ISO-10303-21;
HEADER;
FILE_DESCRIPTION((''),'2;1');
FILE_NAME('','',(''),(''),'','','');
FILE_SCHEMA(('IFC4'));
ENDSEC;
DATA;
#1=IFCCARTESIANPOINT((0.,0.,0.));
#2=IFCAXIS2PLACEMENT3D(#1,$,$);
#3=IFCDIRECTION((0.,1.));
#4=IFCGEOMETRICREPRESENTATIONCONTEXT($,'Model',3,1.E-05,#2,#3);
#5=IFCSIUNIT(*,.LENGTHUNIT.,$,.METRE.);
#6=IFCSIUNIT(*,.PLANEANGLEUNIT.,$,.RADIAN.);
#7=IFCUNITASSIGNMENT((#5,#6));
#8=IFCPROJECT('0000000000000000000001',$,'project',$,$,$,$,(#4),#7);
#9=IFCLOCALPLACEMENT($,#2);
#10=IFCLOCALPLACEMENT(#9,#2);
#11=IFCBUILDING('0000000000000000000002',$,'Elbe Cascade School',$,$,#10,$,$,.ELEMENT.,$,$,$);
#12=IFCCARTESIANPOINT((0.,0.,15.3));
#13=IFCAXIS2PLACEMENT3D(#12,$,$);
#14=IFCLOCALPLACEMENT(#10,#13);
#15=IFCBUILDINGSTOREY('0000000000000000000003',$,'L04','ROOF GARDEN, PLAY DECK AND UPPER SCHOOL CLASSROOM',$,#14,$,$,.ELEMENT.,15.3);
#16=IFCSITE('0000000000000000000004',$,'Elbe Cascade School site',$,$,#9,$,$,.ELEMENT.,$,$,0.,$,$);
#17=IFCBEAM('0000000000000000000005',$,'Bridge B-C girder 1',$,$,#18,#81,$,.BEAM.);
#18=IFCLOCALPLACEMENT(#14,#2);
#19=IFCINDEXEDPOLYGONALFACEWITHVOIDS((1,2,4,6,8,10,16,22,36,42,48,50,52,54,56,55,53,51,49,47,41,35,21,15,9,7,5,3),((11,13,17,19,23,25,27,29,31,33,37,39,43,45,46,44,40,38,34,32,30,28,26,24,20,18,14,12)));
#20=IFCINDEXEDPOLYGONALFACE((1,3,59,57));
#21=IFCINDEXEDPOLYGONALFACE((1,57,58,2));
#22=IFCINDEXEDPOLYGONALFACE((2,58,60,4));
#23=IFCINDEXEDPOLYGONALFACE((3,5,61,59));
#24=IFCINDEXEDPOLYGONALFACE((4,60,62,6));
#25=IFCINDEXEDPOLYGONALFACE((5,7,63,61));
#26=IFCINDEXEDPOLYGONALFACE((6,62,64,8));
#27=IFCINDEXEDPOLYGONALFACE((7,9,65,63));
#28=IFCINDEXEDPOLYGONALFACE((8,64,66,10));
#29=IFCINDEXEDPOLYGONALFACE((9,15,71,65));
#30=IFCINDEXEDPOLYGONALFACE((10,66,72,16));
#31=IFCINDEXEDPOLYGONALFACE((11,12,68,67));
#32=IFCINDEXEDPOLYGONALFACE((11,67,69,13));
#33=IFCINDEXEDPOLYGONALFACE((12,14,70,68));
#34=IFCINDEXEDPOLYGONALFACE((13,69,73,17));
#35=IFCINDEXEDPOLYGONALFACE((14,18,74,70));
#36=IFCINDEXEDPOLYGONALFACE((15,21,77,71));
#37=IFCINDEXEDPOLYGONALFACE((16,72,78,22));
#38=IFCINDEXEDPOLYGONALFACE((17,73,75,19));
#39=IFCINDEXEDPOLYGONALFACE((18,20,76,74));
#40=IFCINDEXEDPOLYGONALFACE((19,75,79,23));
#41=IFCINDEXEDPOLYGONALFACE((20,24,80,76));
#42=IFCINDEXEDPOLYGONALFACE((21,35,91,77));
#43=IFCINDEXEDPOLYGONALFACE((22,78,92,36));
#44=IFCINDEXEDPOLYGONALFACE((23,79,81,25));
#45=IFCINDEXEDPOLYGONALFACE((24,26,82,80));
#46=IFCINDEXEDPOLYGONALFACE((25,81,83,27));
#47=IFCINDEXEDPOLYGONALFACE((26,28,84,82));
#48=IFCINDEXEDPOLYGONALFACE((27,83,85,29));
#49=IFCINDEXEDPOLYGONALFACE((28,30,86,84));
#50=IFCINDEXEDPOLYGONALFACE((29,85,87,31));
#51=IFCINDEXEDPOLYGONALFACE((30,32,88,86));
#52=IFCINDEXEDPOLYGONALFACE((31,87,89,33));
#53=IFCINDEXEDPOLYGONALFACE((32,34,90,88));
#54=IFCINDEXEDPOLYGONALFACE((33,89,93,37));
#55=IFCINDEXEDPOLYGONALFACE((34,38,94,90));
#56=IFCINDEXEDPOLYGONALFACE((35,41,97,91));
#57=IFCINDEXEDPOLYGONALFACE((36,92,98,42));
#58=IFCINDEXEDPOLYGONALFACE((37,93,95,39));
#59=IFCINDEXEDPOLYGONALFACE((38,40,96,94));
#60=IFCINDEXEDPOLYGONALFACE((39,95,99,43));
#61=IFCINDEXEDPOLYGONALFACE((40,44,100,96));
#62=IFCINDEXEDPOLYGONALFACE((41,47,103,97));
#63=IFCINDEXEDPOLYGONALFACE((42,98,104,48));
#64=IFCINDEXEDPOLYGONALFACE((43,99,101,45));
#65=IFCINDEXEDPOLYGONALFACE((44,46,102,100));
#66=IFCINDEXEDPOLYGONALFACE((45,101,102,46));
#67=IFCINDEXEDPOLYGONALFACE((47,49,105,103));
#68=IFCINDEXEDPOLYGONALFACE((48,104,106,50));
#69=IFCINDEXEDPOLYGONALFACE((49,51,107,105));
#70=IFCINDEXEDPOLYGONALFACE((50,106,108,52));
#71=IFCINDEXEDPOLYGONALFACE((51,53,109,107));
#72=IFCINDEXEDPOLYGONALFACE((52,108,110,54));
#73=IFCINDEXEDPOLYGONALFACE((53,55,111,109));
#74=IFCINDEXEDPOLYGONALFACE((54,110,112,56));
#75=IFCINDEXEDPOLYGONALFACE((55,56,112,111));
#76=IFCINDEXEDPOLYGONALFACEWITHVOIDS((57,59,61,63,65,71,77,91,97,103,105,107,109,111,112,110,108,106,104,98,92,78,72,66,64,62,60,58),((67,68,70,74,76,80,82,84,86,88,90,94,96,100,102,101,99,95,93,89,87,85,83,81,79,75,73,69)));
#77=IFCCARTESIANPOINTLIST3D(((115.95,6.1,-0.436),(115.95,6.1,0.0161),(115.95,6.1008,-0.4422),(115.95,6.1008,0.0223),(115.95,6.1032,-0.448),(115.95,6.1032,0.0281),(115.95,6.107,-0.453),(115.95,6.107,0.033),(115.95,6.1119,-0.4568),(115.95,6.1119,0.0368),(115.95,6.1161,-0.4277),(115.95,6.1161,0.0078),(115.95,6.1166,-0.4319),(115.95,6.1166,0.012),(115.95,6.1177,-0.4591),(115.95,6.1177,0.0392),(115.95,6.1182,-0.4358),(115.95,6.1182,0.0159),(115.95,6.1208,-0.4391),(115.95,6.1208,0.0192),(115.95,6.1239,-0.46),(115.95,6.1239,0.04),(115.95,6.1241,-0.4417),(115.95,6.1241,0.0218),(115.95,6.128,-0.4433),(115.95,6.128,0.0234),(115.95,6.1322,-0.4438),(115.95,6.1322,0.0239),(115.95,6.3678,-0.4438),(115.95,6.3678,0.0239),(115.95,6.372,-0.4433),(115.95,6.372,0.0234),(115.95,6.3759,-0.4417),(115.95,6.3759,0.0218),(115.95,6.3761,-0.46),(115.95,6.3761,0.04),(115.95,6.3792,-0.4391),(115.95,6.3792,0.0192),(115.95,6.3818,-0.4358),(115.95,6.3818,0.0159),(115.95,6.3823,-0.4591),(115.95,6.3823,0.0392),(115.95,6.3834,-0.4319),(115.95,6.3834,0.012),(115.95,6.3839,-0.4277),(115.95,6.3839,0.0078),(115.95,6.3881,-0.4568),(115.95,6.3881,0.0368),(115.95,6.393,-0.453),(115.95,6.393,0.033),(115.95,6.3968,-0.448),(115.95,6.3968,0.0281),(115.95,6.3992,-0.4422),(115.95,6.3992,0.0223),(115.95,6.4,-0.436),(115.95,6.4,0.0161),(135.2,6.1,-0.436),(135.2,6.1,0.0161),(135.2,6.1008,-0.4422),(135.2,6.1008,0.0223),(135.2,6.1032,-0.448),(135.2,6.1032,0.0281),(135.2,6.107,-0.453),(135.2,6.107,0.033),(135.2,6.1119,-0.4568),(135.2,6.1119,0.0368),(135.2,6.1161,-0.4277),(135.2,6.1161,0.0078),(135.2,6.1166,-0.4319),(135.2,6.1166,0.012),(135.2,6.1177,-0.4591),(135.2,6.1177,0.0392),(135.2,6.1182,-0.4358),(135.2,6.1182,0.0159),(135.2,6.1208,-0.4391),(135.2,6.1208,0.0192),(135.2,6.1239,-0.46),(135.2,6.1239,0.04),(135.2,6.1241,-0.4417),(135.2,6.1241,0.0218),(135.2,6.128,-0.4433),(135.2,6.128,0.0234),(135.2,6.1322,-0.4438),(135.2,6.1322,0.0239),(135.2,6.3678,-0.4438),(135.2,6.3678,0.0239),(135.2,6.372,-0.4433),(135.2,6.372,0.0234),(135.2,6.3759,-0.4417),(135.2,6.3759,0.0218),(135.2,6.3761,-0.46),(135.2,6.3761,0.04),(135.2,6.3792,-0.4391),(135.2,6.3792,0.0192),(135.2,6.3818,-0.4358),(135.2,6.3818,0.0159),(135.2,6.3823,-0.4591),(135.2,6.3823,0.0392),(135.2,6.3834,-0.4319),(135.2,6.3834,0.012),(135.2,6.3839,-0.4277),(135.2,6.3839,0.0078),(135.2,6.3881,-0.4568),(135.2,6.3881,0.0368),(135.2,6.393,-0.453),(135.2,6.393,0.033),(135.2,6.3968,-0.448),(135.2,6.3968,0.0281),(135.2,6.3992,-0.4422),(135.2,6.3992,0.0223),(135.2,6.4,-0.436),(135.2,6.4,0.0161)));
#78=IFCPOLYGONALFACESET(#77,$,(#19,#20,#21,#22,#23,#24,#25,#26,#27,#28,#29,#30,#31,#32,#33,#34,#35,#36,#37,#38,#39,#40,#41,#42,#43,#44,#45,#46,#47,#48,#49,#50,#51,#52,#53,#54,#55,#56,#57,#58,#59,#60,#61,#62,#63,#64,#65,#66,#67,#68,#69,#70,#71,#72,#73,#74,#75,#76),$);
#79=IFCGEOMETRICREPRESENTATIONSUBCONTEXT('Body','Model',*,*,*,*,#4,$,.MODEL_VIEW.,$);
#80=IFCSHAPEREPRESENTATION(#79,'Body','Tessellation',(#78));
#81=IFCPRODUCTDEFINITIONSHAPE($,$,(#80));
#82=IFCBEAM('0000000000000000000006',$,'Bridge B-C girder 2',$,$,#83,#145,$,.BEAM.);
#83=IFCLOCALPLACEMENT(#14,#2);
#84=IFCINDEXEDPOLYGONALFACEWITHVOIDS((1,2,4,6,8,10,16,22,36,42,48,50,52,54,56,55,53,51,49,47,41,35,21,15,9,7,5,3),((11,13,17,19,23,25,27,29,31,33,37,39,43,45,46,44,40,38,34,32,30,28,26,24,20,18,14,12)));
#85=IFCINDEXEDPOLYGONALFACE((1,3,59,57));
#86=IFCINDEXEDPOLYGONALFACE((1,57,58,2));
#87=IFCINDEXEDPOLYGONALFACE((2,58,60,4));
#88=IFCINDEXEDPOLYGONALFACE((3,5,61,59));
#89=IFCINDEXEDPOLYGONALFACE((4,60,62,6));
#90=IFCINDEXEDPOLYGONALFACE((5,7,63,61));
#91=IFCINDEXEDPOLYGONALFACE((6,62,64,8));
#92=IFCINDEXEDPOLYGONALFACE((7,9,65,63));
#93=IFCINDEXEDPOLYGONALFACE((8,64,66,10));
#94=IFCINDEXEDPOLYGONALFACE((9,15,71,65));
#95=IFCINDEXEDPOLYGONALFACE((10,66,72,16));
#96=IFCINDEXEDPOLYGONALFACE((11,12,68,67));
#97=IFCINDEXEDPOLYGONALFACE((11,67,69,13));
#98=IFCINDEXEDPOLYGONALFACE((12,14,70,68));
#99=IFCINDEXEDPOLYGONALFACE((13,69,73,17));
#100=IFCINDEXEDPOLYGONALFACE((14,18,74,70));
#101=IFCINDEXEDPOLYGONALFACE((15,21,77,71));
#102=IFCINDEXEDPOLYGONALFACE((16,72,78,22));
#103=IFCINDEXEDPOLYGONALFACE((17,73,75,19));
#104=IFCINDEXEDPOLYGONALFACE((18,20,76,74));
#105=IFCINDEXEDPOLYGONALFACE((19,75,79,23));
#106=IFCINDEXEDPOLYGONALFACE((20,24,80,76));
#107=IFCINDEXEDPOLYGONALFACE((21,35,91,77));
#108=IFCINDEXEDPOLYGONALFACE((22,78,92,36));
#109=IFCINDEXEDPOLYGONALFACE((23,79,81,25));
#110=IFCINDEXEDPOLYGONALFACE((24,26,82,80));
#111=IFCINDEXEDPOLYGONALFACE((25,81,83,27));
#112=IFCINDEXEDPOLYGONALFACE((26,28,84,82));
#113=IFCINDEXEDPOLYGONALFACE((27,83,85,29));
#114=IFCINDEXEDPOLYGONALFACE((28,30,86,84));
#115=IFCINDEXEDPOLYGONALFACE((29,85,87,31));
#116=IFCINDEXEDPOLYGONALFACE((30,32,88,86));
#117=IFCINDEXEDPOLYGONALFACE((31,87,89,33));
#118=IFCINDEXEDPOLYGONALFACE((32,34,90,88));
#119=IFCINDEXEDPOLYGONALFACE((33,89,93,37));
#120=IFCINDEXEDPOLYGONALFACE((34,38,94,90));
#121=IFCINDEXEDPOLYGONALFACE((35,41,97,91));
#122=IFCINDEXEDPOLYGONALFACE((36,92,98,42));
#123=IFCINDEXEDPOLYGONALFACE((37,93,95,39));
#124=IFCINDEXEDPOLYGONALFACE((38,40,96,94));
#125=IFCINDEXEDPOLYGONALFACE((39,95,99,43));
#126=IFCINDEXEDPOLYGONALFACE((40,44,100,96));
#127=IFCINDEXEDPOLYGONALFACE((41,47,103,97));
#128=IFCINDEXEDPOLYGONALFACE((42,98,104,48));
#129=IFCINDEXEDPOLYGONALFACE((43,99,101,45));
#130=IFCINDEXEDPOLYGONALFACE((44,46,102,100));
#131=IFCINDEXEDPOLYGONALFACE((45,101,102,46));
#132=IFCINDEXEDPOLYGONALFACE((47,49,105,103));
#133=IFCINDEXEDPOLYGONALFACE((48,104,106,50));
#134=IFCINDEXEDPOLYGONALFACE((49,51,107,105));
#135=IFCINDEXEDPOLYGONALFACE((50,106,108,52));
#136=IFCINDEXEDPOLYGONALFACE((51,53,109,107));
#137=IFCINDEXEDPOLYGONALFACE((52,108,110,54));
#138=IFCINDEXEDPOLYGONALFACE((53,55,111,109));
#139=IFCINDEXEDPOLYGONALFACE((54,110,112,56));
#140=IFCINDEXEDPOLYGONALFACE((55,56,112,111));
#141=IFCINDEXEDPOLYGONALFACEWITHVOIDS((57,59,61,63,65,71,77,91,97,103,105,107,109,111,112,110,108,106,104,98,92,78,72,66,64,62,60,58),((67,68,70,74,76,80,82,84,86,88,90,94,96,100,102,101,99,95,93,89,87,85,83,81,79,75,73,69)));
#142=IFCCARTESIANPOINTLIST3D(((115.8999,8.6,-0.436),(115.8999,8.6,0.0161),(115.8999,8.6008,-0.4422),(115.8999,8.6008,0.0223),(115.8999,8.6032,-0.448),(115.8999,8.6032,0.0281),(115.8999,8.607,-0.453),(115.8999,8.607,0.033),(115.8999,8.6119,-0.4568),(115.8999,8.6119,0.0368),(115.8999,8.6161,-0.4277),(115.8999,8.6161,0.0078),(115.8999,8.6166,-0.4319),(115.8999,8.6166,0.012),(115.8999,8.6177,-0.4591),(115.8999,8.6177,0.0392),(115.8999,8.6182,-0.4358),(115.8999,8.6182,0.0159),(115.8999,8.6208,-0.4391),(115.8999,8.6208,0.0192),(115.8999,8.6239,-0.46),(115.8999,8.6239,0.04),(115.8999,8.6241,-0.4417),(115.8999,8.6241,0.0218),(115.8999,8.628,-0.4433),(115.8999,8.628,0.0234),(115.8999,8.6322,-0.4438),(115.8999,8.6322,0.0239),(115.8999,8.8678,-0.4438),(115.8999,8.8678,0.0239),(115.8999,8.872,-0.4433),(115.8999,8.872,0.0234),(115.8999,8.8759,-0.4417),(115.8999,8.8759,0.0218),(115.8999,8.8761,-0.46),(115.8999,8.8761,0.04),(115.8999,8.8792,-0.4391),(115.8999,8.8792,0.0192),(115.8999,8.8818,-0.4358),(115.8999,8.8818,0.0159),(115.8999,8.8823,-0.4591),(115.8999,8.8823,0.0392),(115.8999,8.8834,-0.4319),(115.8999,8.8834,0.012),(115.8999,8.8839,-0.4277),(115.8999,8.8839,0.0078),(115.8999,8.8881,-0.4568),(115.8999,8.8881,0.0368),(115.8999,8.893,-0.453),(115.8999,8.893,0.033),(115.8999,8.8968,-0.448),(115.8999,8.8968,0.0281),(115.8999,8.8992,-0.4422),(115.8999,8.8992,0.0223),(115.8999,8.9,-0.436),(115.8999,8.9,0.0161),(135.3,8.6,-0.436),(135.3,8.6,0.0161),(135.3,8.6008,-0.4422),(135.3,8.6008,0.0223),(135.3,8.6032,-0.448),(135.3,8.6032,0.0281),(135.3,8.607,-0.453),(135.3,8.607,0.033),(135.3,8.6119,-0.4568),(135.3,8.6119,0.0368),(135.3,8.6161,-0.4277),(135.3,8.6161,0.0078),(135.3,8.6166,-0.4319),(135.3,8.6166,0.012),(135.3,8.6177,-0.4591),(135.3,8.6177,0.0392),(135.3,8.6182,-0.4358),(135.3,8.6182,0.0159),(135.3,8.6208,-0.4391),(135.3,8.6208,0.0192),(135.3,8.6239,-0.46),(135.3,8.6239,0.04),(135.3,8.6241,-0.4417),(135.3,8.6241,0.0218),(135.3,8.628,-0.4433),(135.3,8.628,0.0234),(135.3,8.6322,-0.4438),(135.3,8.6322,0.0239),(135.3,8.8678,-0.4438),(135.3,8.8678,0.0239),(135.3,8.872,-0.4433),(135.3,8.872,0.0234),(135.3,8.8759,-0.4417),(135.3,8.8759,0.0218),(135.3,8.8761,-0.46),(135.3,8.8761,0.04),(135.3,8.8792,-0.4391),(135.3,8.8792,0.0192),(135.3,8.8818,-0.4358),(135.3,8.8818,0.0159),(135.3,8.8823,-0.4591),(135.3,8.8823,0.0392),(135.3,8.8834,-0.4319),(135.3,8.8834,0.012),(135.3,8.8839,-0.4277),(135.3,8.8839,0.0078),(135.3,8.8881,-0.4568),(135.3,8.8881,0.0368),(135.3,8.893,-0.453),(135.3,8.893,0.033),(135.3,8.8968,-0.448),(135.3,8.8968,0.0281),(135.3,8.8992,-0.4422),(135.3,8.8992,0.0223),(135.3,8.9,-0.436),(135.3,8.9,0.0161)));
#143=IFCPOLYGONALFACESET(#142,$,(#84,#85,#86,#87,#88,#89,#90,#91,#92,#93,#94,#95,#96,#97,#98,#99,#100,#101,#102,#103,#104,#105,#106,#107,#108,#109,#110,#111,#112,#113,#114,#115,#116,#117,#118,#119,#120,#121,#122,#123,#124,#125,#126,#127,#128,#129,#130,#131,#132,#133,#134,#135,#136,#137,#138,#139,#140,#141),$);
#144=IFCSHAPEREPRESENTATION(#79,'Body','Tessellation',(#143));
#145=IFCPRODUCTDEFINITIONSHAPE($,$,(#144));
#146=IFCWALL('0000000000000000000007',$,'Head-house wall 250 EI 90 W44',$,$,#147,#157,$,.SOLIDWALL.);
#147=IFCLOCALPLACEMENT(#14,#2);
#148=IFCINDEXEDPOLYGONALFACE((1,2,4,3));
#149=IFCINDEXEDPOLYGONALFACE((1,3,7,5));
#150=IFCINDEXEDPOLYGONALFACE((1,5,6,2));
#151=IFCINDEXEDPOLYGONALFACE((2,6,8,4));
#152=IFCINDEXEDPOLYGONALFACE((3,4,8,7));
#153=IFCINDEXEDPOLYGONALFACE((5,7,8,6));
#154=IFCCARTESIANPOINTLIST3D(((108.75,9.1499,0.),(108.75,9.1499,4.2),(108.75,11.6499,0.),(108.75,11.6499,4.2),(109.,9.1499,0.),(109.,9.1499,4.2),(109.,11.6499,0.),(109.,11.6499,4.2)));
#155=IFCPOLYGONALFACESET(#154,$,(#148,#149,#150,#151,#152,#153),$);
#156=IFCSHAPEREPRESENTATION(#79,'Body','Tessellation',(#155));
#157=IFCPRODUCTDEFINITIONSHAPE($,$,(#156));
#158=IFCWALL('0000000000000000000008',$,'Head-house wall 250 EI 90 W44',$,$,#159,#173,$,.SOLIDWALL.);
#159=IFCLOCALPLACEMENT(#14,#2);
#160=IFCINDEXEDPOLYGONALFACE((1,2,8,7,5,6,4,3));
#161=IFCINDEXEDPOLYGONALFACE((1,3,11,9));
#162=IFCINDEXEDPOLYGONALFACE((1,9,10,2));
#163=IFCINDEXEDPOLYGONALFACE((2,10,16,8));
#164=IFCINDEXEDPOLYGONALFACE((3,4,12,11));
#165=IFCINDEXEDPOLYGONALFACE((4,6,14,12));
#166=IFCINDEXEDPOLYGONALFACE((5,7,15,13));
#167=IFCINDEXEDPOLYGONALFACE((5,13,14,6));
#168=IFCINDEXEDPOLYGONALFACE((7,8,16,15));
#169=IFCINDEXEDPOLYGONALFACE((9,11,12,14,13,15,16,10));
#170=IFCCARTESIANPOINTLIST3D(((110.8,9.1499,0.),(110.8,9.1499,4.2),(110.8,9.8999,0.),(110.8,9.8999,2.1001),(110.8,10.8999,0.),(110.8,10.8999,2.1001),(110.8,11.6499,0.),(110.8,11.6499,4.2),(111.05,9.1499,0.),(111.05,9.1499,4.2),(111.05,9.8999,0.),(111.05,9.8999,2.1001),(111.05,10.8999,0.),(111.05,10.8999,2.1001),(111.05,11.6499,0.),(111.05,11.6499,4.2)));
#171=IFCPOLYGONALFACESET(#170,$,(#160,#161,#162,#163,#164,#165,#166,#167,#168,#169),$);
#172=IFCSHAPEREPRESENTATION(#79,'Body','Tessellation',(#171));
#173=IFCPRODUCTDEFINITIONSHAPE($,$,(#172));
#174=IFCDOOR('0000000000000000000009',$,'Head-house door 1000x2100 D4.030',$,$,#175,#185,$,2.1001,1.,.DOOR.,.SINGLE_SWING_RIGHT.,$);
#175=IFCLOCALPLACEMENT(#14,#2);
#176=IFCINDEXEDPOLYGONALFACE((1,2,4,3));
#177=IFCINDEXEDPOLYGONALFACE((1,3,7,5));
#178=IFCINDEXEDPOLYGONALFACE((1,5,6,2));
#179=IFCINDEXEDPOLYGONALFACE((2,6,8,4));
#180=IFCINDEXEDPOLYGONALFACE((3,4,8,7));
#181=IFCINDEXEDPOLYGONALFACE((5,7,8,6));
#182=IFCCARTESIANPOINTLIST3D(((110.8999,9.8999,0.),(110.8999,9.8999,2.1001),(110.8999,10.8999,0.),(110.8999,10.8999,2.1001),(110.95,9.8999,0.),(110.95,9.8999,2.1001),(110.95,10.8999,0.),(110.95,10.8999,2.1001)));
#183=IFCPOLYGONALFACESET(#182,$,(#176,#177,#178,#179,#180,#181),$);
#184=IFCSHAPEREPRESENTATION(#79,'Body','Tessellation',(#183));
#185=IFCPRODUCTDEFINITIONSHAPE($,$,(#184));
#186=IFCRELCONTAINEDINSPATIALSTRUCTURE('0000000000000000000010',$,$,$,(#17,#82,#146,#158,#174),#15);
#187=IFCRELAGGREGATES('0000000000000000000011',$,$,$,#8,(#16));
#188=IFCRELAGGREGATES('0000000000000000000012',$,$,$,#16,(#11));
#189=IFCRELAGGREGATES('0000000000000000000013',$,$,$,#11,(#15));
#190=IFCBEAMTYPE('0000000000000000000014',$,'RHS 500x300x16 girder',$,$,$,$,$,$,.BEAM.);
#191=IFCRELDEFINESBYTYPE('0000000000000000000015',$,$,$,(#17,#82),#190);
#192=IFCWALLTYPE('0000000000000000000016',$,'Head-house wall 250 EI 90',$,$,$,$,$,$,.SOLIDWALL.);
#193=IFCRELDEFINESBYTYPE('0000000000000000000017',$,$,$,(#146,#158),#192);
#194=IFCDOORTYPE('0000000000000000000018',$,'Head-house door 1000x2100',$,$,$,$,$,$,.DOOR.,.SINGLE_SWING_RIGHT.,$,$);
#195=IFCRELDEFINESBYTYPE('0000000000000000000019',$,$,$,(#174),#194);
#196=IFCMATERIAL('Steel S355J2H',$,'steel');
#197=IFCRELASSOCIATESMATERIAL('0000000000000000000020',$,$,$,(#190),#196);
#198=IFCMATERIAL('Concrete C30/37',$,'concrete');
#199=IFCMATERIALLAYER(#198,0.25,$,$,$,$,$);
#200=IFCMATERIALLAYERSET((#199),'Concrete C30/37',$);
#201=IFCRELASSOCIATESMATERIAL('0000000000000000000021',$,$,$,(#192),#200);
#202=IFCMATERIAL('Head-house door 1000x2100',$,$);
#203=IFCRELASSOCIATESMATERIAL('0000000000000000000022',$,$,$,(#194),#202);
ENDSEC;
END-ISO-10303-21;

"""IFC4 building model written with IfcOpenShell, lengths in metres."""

from ifc_helpers import new_model, si_unit, direction, frame, frame_2d, origin, origin_2d, place, context, subcontext, project, spatial, rectangle, hollow_rectangle, extrude, material, layer, layer_set, material_profile, profile_set, type_object, element, fill, save


model = new_model("IFC4")

# Units and contexts
model_context = context("Model", 3, precision=1e-05, world=origin(), true_north=direction((0.0, 1.0)))
body_context = subcontext(model_context, "Body", "Model", "MODEL_VIEW")
ifc_project = project(units=[si_unit("LENGTHUNIT", "METRE"), si_unit("PLANEANGLEUNIT", "RADIAN")], contexts=[model_context])

# Site, building, storey
site_placement = place(None, origin())
site = spatial("IfcSite", under=ifc_project, at=site_placement, Name="Elbe Cascade School site", CompositionType="ELEMENT", RefElevation=0.0)
building_placement = place(site_placement, origin())
building = spatial("IfcBuilding", under=site, at=building_placement, Name="Elbe Cascade School", CompositionType="ELEMENT")
storey_placement = place(building_placement, frame((0.0, 0.0, 15.3)))
storey = spatial("IfcBuildingStorey", under=building, at=storey_placement, Name="L04", Description="ROOF GARDEN, PLAY DECK AND UPPER SCHOOL CLASSROOM", CompositionType="ELEMENT", Elevation=15.3)

# Beams
ifc_material_1 = material(Name="Steel S355J2H", Category="steel")
ifc_material_profile_1 = material_profile(ifc_material_1, hollow_rectangle(XDim=0.3, YDim=0.5, WallThickness=0.0161, InnerFilletRadius=0.0161, OuterFilletRadius=0.0239, at=origin_2d()), Name="RHS 500x300x16")
ifc_profile_set_1 = profile_set([ifc_material_profile_1], Name="Steel S355J2H")
beam_type_1 = type_object("IfcBeamType", Name="RHS 500x300x16 girder", PredefinedType="BEAM", material=ifc_profile_set_1)
beam_1_placement = place(storey_placement, frame((115.95, 6.25, -0.21), z_axis=(1.0, 0.0, 0.0), x_axis=(0.0, 1.0, 0.0)))
element("IfcBeam", 1, at=beam_1_placement, inside=storey, type_object=beam_type_1, Name="Bridge B-C girder 1", PredefinedType="BEAM", context=body_context, shape_type="SweptSolid", body=[
    extrude(hollow_rectangle(XDim=0.3, YDim=0.5, WallThickness=0.0161, InnerFilletRadius=0.0161, OuterFilletRadius=0.0239, at=origin_2d()), origin(), (0.0, 0.0, 1.0), 19.25),
])
beam_2_placement = place(storey_placement, frame((115.8999, 8.75, -0.21), z_axis=(1.0, 0.0, 0.0), x_axis=(0.0, 1.0, 0.0)))
element("IfcBeam", 2, at=beam_2_placement, inside=storey, type_object=beam_type_1, Name="Bridge B-C girder 2", PredefinedType="BEAM", context=body_context, shape_type="SweptSolid", body=[
    extrude(hollow_rectangle(XDim=0.3, YDim=0.5, WallThickness=0.0161, InnerFilletRadius=0.0161, OuterFilletRadius=0.0239, at=origin_2d()), origin(), (0.0, 0.0, 1.0), 19.4001),
])

# Wall
ifc_material_2 = material(Name="Concrete C30/37", Category="concrete")
ifc_layer_1 = layer(ifc_material_2, 0.25)
ifc_layer_set_1 = layer_set([ifc_layer_1], Name="Concrete C30/37")
wall_type_1 = type_object("IfcWallType", Name="Head-house wall 250 EI 90", PredefinedType="SOLIDWALL", material=ifc_layer_set_1)
wall_1_placement = place(storey_placement, frame((108.875, 9.1499, 0.0), z_axis=(0.0, 0.0, 1.0), x_axis=(0.0, 1.0, 0.0)))
element("IfcWall", 3, at=wall_1_placement, inside=storey, type_object=wall_type_1, Name="Head-house wall 250 EI 90 W44", PredefinedType="SOLIDWALL", context=body_context, shape_type="SweptSolid", body=[
    extrude(rectangle(XDim=2.5, YDim=0.25, at=frame_2d((1.25, 0.0))), origin(), (0.0, 0.0, 1.0), 4.2),
])

# Wall, opening, door
wall_2_placement = place(storey_placement, frame((110.925, 11.6499, 0.0), z_axis=(0.0, 0.0, 1.0), x_axis=(0.0, -1.0, 0.0)))
wall_2 = element("IfcWall", 4, at=wall_2_placement, inside=storey, type_object=wall_type_1, Name="Head-house wall 250 EI 90 W44", PredefinedType="SOLIDWALL", context=body_context, shape_type="SweptSolid", body=[
    extrude(rectangle(XDim=2.5, YDim=0.25, at=frame_2d((1.25, 0.0))), origin(), (0.0, 0.0, 1.0), 4.2),
])
opening_1_placement = place(wall_2_placement, frame((0.75, 0.0, 0.0)))
opening_1 = element("IfcOpeningElement", 5, at=opening_1_placement, cuts=wall_2, PredefinedType="OPENING", context=body_context, shape_type="SweptSolid", body=[
    extrude(rectangle(XDim=1.0, YDim=2.1001, at=frame_2d((0.5, 1.05))), frame((0.0, 0.135, 0.0), z_axis=(0.0, -1.0, 0.0), x_axis=(1.0, 0.0, 0.0)), (0.0, 0.0, 1.0), 0.27),
])
ifc_material_3 = material(Name="Head-house door 1000x2100")
door_type_1 = type_object("IfcDoorType", Name="Head-house door 1000x2100", OperationType="SINGLE_SWING_RIGHT", PredefinedType="DOOR", material=ifc_material_3)
door_1_placement = place(opening_1_placement, origin())
door_1 = element("IfcDoor", 6, at=door_1_placement, inside=storey, type_object=door_type_1, Name="Head-house door 1000x2100 D4.030", OperationType="SINGLE_SWING_RIGHT", OverallHeight=2.1001, OverallWidth=1.0, PredefinedType="DOOR", context=body_context, shape_type="SweptSolid", body=[
    extrude(rectangle(XDim=1.0, YDim=2.1001, at=frame_2d((0.5, 1.05))), frame((0.0, 0.0249, 0.0), z_axis=(0.0, -1.0, 0.0), x_axis=(1.0, 0.0, 0.0)), (0.0, 0.0, 1.0), 0.05),
])
fill(opening_1, door_1)

save(model, "model.ifc")
